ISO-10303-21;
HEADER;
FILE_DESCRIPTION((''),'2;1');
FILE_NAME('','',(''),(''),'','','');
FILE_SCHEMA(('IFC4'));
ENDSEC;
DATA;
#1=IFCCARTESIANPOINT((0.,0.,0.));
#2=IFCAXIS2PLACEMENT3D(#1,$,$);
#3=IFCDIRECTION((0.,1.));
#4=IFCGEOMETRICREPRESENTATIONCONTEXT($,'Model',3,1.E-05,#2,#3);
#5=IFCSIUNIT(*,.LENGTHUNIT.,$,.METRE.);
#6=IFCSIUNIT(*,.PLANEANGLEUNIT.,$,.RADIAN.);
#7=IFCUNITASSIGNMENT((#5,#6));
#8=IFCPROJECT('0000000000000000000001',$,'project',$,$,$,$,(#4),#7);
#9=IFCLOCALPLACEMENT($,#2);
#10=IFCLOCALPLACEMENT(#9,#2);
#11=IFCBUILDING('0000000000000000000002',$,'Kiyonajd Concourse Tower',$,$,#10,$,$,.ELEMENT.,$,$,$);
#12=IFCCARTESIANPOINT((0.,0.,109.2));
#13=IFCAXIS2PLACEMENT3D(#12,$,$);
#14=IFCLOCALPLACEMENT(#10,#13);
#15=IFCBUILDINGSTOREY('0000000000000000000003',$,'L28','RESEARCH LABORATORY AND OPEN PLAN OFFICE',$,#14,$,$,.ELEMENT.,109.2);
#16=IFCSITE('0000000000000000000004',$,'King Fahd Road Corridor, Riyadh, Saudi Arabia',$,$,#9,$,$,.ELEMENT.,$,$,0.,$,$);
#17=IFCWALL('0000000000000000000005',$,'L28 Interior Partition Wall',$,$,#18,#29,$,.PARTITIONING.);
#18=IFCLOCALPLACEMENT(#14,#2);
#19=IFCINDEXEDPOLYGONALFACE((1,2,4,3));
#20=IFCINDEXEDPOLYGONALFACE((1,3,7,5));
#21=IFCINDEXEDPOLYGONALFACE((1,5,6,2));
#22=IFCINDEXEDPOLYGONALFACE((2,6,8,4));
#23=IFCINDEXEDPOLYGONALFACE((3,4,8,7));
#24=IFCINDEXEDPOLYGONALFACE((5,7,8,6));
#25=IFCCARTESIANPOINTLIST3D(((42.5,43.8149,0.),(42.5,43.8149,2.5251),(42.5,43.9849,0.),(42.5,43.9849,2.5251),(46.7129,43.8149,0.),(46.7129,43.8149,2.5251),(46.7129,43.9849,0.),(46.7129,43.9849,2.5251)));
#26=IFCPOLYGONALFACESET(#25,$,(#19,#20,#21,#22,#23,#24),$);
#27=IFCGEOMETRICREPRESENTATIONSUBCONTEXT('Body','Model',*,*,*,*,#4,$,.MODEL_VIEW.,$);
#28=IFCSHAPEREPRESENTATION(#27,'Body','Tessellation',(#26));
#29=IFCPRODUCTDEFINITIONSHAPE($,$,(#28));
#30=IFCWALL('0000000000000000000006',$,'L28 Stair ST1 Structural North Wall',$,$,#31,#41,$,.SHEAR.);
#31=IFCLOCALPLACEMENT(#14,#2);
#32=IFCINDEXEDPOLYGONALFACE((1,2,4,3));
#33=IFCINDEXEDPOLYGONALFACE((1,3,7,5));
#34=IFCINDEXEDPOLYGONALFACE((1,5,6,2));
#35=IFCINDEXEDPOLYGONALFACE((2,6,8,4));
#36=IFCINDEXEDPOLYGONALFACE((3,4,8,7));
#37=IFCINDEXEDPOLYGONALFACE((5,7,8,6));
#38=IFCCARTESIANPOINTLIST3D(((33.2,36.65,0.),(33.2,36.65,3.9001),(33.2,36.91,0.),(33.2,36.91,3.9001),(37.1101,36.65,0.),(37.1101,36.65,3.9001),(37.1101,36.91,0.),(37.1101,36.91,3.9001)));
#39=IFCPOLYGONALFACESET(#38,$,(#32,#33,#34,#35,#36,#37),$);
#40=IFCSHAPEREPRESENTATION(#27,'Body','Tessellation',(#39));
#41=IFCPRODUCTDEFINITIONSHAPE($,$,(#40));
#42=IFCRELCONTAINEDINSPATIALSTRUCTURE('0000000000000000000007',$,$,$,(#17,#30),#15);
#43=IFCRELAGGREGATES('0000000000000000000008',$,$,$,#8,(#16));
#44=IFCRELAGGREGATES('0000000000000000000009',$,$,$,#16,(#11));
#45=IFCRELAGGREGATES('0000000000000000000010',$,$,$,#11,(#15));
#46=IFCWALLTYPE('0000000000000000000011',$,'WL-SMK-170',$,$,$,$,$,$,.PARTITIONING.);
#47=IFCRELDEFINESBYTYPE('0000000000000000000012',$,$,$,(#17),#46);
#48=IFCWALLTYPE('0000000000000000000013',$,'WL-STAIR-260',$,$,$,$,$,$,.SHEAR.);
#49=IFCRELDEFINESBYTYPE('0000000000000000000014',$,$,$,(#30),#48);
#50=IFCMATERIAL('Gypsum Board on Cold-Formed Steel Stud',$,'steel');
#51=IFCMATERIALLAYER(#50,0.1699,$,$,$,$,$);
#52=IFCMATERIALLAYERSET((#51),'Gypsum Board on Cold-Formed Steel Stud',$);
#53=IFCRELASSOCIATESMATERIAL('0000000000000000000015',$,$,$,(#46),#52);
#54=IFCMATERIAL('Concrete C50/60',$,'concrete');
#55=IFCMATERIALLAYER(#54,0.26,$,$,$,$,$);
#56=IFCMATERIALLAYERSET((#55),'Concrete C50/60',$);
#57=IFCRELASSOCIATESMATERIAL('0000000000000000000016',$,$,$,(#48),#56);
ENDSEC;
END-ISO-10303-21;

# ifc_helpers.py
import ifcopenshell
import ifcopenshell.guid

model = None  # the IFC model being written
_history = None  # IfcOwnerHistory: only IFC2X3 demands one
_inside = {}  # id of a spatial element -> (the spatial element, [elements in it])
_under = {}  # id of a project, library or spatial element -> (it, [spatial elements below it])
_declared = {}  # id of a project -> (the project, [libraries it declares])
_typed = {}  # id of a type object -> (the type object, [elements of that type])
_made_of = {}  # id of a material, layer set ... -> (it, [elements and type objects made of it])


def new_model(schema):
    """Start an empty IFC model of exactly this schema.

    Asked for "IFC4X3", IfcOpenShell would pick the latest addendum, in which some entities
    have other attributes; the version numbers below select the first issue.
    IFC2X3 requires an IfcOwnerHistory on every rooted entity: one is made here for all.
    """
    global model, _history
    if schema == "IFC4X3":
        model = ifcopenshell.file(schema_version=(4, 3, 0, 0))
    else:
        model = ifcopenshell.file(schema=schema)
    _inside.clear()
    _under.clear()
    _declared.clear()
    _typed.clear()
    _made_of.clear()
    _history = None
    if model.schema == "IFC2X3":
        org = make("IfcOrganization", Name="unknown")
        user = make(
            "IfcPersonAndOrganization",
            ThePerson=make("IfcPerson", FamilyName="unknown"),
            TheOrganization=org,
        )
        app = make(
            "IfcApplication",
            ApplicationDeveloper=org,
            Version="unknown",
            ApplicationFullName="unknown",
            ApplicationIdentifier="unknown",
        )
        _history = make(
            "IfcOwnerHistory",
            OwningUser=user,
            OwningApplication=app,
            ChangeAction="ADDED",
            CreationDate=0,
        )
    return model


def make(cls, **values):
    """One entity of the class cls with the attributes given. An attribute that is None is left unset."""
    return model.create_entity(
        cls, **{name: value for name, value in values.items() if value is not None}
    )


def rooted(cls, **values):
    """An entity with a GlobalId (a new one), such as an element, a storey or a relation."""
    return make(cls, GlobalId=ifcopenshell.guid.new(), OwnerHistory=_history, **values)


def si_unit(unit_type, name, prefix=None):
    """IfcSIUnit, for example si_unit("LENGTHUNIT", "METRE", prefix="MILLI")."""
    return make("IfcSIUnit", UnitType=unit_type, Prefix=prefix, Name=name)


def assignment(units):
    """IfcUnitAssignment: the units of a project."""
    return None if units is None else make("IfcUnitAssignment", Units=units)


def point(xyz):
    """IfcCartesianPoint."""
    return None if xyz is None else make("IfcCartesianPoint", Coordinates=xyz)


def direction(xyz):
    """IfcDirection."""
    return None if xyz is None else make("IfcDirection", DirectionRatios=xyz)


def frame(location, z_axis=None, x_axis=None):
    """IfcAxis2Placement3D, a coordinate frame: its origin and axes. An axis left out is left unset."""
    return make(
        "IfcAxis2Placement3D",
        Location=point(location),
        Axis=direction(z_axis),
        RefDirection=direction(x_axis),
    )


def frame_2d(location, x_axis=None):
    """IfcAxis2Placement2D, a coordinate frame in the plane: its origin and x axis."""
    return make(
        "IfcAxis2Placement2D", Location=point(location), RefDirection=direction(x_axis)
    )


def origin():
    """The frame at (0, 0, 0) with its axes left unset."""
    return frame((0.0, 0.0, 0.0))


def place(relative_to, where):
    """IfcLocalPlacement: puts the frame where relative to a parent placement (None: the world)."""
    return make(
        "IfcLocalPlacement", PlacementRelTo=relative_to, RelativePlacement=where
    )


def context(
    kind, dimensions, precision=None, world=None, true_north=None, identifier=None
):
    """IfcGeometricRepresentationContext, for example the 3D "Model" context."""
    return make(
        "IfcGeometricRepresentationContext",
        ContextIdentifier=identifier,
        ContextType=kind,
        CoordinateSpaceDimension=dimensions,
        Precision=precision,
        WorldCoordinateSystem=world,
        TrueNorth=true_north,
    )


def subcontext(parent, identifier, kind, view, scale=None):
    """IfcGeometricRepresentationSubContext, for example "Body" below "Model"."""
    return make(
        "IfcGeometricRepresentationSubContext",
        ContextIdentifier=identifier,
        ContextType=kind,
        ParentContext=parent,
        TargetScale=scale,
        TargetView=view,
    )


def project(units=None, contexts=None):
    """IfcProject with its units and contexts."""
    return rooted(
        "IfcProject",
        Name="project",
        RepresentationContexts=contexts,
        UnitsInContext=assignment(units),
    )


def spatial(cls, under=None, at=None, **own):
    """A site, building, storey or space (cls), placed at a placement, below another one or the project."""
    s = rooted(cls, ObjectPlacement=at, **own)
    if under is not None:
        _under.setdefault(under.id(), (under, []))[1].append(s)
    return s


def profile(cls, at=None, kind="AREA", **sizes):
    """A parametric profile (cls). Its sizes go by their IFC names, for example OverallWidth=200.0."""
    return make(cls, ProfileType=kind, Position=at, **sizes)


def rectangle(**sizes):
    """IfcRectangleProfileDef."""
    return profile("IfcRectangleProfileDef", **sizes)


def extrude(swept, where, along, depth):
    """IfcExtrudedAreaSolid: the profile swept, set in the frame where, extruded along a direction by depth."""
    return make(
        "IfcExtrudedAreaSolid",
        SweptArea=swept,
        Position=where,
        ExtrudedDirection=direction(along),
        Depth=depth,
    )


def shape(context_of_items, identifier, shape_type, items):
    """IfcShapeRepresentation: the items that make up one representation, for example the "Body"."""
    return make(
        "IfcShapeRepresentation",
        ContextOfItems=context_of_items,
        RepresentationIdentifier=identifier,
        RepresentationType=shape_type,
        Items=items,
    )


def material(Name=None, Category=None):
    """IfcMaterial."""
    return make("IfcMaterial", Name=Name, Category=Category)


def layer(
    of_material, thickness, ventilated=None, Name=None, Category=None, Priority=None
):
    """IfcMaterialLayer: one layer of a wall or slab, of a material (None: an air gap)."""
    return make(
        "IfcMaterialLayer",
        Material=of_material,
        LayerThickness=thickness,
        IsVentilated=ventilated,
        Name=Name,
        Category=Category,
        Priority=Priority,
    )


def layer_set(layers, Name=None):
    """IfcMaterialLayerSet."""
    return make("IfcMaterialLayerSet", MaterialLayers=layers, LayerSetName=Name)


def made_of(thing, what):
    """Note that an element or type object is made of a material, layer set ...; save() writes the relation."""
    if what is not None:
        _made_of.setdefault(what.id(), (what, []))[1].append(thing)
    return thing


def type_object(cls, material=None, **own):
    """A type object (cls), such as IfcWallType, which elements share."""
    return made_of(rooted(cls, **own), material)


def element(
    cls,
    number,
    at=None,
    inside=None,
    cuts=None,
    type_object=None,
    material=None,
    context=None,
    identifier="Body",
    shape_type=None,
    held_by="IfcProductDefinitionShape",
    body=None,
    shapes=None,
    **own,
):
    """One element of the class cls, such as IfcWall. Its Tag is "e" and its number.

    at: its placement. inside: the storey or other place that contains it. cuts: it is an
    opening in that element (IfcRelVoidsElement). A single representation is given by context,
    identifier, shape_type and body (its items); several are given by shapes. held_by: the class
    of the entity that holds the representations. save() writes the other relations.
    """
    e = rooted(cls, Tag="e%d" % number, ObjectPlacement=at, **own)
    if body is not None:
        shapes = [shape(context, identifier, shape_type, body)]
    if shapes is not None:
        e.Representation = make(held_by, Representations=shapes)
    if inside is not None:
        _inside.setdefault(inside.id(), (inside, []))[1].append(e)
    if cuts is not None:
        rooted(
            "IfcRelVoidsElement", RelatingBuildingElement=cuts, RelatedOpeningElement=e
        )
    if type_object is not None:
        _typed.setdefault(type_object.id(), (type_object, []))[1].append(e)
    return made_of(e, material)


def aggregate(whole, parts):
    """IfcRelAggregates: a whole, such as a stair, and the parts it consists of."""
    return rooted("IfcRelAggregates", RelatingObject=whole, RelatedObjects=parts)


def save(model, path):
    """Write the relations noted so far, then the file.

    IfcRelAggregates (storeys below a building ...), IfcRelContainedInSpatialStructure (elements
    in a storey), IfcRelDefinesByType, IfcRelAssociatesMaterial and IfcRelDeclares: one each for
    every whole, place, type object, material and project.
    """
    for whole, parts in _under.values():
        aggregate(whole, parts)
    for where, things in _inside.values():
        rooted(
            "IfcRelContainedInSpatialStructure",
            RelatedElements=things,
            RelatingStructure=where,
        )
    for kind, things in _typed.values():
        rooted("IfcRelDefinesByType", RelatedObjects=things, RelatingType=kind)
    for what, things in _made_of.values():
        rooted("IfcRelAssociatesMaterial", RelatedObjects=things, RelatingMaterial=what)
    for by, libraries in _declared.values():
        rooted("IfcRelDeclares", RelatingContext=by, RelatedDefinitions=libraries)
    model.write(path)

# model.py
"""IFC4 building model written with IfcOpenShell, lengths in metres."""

from ifc_helpers import new_model, si_unit, direction, frame, frame_2d, origin, place, context, subcontext, project, spatial, rectangle, extrude, material, layer, layer_set, type_object, element, save


model = new_model("IFC4")

# Units and contexts
model_context = context("Model", 3, precision=1e-05, world=origin(), true_north=direction((0.0, 1.0)))
body_context = subcontext(model_context, "Body", "Model", "MODEL_VIEW")
ifc_project = project(units=[si_unit("LENGTHUNIT", "METRE"), si_unit("PLANEANGLEUNIT", "RADIAN")], contexts=[model_context])

# Site, building, storey
site_placement = place(None, origin())
site = spatial("IfcSite", under=ifc_project, at=site_placement, Name="King Fahd Road Corridor, Riyadh, Saudi Arabia", CompositionType="ELEMENT", RefElevation=0.0)
building_placement = place(site_placement, origin())
building = spatial("IfcBuilding", under=site, at=building_placement, Name="Kiyonajd Concourse Tower", CompositionType="ELEMENT")
storey_placement = place(building_placement, frame((0.0, 0.0, 109.2)))
storey = spatial("IfcBuildingStorey", under=building, at=storey_placement, Name="L28", Description="RESEARCH LABORATORY AND OPEN PLAN OFFICE", CompositionType="ELEMENT", Elevation=109.2)

# Walls
ifc_material_1 = material(Name="Gypsum Board on Cold-Formed Steel Stud", Category="steel")
ifc_layer_1 = layer(ifc_material_1, 0.1699)
ifc_layer_set_1 = layer_set([ifc_layer_1], Name="Gypsum Board on Cold-Formed Steel Stud")
wall_type_1 = type_object("IfcWallType", Name="WL-SMK-170", PredefinedType="PARTITIONING", material=ifc_layer_set_1)
wall_1_placement = place(storey_placement, frame((42.5, 43.8999, 0.0), z_axis=(0.0, 0.0, 1.0), x_axis=(1.0, 0.0, 0.0)))
element("IfcWall", 1, at=wall_1_placement, inside=storey, type_object=wall_type_1, Name="L28 Interior Partition Wall", PredefinedType="PARTITIONING", context=body_context, shape_type="SweptSolid", body=[
    extrude(rectangle(XDim=4.2129, YDim=0.1699, at=frame_2d((2.1064, 0.0))), origin(), (0.0, 0.0, 1.0), 2.5251),
])
ifc_material_2 = material(Name="Concrete C50/60", Category="concrete")
ifc_layer_2 = layer(ifc_material_2, 0.26)
ifc_layer_set_2 = layer_set([ifc_layer_2], Name="Concrete C50/60")
wall_type_2 = type_object("IfcWallType", Name="WL-STAIR-260", PredefinedType="SHEAR", material=ifc_layer_set_2)
wall_2_placement = place(storey_placement, frame((33.2, 36.78, 0.0), z_axis=(0.0, 0.0, 1.0), x_axis=(1.0, 0.0, 0.0)))
element("IfcWall", 2, at=wall_2_placement, inside=storey, type_object=wall_type_2, Name="L28 Stair ST1 Structural North Wall", PredefinedType="SHEAR", context=body_context, shape_type="SweptSolid", body=[
    extrude(rectangle(XDim=3.9102, YDim=0.26, at=frame_2d((1.9551, 0.0))), origin(), (0.0, 0.0, 1.0), 3.9001),
])

save(model, "model.ifc")
